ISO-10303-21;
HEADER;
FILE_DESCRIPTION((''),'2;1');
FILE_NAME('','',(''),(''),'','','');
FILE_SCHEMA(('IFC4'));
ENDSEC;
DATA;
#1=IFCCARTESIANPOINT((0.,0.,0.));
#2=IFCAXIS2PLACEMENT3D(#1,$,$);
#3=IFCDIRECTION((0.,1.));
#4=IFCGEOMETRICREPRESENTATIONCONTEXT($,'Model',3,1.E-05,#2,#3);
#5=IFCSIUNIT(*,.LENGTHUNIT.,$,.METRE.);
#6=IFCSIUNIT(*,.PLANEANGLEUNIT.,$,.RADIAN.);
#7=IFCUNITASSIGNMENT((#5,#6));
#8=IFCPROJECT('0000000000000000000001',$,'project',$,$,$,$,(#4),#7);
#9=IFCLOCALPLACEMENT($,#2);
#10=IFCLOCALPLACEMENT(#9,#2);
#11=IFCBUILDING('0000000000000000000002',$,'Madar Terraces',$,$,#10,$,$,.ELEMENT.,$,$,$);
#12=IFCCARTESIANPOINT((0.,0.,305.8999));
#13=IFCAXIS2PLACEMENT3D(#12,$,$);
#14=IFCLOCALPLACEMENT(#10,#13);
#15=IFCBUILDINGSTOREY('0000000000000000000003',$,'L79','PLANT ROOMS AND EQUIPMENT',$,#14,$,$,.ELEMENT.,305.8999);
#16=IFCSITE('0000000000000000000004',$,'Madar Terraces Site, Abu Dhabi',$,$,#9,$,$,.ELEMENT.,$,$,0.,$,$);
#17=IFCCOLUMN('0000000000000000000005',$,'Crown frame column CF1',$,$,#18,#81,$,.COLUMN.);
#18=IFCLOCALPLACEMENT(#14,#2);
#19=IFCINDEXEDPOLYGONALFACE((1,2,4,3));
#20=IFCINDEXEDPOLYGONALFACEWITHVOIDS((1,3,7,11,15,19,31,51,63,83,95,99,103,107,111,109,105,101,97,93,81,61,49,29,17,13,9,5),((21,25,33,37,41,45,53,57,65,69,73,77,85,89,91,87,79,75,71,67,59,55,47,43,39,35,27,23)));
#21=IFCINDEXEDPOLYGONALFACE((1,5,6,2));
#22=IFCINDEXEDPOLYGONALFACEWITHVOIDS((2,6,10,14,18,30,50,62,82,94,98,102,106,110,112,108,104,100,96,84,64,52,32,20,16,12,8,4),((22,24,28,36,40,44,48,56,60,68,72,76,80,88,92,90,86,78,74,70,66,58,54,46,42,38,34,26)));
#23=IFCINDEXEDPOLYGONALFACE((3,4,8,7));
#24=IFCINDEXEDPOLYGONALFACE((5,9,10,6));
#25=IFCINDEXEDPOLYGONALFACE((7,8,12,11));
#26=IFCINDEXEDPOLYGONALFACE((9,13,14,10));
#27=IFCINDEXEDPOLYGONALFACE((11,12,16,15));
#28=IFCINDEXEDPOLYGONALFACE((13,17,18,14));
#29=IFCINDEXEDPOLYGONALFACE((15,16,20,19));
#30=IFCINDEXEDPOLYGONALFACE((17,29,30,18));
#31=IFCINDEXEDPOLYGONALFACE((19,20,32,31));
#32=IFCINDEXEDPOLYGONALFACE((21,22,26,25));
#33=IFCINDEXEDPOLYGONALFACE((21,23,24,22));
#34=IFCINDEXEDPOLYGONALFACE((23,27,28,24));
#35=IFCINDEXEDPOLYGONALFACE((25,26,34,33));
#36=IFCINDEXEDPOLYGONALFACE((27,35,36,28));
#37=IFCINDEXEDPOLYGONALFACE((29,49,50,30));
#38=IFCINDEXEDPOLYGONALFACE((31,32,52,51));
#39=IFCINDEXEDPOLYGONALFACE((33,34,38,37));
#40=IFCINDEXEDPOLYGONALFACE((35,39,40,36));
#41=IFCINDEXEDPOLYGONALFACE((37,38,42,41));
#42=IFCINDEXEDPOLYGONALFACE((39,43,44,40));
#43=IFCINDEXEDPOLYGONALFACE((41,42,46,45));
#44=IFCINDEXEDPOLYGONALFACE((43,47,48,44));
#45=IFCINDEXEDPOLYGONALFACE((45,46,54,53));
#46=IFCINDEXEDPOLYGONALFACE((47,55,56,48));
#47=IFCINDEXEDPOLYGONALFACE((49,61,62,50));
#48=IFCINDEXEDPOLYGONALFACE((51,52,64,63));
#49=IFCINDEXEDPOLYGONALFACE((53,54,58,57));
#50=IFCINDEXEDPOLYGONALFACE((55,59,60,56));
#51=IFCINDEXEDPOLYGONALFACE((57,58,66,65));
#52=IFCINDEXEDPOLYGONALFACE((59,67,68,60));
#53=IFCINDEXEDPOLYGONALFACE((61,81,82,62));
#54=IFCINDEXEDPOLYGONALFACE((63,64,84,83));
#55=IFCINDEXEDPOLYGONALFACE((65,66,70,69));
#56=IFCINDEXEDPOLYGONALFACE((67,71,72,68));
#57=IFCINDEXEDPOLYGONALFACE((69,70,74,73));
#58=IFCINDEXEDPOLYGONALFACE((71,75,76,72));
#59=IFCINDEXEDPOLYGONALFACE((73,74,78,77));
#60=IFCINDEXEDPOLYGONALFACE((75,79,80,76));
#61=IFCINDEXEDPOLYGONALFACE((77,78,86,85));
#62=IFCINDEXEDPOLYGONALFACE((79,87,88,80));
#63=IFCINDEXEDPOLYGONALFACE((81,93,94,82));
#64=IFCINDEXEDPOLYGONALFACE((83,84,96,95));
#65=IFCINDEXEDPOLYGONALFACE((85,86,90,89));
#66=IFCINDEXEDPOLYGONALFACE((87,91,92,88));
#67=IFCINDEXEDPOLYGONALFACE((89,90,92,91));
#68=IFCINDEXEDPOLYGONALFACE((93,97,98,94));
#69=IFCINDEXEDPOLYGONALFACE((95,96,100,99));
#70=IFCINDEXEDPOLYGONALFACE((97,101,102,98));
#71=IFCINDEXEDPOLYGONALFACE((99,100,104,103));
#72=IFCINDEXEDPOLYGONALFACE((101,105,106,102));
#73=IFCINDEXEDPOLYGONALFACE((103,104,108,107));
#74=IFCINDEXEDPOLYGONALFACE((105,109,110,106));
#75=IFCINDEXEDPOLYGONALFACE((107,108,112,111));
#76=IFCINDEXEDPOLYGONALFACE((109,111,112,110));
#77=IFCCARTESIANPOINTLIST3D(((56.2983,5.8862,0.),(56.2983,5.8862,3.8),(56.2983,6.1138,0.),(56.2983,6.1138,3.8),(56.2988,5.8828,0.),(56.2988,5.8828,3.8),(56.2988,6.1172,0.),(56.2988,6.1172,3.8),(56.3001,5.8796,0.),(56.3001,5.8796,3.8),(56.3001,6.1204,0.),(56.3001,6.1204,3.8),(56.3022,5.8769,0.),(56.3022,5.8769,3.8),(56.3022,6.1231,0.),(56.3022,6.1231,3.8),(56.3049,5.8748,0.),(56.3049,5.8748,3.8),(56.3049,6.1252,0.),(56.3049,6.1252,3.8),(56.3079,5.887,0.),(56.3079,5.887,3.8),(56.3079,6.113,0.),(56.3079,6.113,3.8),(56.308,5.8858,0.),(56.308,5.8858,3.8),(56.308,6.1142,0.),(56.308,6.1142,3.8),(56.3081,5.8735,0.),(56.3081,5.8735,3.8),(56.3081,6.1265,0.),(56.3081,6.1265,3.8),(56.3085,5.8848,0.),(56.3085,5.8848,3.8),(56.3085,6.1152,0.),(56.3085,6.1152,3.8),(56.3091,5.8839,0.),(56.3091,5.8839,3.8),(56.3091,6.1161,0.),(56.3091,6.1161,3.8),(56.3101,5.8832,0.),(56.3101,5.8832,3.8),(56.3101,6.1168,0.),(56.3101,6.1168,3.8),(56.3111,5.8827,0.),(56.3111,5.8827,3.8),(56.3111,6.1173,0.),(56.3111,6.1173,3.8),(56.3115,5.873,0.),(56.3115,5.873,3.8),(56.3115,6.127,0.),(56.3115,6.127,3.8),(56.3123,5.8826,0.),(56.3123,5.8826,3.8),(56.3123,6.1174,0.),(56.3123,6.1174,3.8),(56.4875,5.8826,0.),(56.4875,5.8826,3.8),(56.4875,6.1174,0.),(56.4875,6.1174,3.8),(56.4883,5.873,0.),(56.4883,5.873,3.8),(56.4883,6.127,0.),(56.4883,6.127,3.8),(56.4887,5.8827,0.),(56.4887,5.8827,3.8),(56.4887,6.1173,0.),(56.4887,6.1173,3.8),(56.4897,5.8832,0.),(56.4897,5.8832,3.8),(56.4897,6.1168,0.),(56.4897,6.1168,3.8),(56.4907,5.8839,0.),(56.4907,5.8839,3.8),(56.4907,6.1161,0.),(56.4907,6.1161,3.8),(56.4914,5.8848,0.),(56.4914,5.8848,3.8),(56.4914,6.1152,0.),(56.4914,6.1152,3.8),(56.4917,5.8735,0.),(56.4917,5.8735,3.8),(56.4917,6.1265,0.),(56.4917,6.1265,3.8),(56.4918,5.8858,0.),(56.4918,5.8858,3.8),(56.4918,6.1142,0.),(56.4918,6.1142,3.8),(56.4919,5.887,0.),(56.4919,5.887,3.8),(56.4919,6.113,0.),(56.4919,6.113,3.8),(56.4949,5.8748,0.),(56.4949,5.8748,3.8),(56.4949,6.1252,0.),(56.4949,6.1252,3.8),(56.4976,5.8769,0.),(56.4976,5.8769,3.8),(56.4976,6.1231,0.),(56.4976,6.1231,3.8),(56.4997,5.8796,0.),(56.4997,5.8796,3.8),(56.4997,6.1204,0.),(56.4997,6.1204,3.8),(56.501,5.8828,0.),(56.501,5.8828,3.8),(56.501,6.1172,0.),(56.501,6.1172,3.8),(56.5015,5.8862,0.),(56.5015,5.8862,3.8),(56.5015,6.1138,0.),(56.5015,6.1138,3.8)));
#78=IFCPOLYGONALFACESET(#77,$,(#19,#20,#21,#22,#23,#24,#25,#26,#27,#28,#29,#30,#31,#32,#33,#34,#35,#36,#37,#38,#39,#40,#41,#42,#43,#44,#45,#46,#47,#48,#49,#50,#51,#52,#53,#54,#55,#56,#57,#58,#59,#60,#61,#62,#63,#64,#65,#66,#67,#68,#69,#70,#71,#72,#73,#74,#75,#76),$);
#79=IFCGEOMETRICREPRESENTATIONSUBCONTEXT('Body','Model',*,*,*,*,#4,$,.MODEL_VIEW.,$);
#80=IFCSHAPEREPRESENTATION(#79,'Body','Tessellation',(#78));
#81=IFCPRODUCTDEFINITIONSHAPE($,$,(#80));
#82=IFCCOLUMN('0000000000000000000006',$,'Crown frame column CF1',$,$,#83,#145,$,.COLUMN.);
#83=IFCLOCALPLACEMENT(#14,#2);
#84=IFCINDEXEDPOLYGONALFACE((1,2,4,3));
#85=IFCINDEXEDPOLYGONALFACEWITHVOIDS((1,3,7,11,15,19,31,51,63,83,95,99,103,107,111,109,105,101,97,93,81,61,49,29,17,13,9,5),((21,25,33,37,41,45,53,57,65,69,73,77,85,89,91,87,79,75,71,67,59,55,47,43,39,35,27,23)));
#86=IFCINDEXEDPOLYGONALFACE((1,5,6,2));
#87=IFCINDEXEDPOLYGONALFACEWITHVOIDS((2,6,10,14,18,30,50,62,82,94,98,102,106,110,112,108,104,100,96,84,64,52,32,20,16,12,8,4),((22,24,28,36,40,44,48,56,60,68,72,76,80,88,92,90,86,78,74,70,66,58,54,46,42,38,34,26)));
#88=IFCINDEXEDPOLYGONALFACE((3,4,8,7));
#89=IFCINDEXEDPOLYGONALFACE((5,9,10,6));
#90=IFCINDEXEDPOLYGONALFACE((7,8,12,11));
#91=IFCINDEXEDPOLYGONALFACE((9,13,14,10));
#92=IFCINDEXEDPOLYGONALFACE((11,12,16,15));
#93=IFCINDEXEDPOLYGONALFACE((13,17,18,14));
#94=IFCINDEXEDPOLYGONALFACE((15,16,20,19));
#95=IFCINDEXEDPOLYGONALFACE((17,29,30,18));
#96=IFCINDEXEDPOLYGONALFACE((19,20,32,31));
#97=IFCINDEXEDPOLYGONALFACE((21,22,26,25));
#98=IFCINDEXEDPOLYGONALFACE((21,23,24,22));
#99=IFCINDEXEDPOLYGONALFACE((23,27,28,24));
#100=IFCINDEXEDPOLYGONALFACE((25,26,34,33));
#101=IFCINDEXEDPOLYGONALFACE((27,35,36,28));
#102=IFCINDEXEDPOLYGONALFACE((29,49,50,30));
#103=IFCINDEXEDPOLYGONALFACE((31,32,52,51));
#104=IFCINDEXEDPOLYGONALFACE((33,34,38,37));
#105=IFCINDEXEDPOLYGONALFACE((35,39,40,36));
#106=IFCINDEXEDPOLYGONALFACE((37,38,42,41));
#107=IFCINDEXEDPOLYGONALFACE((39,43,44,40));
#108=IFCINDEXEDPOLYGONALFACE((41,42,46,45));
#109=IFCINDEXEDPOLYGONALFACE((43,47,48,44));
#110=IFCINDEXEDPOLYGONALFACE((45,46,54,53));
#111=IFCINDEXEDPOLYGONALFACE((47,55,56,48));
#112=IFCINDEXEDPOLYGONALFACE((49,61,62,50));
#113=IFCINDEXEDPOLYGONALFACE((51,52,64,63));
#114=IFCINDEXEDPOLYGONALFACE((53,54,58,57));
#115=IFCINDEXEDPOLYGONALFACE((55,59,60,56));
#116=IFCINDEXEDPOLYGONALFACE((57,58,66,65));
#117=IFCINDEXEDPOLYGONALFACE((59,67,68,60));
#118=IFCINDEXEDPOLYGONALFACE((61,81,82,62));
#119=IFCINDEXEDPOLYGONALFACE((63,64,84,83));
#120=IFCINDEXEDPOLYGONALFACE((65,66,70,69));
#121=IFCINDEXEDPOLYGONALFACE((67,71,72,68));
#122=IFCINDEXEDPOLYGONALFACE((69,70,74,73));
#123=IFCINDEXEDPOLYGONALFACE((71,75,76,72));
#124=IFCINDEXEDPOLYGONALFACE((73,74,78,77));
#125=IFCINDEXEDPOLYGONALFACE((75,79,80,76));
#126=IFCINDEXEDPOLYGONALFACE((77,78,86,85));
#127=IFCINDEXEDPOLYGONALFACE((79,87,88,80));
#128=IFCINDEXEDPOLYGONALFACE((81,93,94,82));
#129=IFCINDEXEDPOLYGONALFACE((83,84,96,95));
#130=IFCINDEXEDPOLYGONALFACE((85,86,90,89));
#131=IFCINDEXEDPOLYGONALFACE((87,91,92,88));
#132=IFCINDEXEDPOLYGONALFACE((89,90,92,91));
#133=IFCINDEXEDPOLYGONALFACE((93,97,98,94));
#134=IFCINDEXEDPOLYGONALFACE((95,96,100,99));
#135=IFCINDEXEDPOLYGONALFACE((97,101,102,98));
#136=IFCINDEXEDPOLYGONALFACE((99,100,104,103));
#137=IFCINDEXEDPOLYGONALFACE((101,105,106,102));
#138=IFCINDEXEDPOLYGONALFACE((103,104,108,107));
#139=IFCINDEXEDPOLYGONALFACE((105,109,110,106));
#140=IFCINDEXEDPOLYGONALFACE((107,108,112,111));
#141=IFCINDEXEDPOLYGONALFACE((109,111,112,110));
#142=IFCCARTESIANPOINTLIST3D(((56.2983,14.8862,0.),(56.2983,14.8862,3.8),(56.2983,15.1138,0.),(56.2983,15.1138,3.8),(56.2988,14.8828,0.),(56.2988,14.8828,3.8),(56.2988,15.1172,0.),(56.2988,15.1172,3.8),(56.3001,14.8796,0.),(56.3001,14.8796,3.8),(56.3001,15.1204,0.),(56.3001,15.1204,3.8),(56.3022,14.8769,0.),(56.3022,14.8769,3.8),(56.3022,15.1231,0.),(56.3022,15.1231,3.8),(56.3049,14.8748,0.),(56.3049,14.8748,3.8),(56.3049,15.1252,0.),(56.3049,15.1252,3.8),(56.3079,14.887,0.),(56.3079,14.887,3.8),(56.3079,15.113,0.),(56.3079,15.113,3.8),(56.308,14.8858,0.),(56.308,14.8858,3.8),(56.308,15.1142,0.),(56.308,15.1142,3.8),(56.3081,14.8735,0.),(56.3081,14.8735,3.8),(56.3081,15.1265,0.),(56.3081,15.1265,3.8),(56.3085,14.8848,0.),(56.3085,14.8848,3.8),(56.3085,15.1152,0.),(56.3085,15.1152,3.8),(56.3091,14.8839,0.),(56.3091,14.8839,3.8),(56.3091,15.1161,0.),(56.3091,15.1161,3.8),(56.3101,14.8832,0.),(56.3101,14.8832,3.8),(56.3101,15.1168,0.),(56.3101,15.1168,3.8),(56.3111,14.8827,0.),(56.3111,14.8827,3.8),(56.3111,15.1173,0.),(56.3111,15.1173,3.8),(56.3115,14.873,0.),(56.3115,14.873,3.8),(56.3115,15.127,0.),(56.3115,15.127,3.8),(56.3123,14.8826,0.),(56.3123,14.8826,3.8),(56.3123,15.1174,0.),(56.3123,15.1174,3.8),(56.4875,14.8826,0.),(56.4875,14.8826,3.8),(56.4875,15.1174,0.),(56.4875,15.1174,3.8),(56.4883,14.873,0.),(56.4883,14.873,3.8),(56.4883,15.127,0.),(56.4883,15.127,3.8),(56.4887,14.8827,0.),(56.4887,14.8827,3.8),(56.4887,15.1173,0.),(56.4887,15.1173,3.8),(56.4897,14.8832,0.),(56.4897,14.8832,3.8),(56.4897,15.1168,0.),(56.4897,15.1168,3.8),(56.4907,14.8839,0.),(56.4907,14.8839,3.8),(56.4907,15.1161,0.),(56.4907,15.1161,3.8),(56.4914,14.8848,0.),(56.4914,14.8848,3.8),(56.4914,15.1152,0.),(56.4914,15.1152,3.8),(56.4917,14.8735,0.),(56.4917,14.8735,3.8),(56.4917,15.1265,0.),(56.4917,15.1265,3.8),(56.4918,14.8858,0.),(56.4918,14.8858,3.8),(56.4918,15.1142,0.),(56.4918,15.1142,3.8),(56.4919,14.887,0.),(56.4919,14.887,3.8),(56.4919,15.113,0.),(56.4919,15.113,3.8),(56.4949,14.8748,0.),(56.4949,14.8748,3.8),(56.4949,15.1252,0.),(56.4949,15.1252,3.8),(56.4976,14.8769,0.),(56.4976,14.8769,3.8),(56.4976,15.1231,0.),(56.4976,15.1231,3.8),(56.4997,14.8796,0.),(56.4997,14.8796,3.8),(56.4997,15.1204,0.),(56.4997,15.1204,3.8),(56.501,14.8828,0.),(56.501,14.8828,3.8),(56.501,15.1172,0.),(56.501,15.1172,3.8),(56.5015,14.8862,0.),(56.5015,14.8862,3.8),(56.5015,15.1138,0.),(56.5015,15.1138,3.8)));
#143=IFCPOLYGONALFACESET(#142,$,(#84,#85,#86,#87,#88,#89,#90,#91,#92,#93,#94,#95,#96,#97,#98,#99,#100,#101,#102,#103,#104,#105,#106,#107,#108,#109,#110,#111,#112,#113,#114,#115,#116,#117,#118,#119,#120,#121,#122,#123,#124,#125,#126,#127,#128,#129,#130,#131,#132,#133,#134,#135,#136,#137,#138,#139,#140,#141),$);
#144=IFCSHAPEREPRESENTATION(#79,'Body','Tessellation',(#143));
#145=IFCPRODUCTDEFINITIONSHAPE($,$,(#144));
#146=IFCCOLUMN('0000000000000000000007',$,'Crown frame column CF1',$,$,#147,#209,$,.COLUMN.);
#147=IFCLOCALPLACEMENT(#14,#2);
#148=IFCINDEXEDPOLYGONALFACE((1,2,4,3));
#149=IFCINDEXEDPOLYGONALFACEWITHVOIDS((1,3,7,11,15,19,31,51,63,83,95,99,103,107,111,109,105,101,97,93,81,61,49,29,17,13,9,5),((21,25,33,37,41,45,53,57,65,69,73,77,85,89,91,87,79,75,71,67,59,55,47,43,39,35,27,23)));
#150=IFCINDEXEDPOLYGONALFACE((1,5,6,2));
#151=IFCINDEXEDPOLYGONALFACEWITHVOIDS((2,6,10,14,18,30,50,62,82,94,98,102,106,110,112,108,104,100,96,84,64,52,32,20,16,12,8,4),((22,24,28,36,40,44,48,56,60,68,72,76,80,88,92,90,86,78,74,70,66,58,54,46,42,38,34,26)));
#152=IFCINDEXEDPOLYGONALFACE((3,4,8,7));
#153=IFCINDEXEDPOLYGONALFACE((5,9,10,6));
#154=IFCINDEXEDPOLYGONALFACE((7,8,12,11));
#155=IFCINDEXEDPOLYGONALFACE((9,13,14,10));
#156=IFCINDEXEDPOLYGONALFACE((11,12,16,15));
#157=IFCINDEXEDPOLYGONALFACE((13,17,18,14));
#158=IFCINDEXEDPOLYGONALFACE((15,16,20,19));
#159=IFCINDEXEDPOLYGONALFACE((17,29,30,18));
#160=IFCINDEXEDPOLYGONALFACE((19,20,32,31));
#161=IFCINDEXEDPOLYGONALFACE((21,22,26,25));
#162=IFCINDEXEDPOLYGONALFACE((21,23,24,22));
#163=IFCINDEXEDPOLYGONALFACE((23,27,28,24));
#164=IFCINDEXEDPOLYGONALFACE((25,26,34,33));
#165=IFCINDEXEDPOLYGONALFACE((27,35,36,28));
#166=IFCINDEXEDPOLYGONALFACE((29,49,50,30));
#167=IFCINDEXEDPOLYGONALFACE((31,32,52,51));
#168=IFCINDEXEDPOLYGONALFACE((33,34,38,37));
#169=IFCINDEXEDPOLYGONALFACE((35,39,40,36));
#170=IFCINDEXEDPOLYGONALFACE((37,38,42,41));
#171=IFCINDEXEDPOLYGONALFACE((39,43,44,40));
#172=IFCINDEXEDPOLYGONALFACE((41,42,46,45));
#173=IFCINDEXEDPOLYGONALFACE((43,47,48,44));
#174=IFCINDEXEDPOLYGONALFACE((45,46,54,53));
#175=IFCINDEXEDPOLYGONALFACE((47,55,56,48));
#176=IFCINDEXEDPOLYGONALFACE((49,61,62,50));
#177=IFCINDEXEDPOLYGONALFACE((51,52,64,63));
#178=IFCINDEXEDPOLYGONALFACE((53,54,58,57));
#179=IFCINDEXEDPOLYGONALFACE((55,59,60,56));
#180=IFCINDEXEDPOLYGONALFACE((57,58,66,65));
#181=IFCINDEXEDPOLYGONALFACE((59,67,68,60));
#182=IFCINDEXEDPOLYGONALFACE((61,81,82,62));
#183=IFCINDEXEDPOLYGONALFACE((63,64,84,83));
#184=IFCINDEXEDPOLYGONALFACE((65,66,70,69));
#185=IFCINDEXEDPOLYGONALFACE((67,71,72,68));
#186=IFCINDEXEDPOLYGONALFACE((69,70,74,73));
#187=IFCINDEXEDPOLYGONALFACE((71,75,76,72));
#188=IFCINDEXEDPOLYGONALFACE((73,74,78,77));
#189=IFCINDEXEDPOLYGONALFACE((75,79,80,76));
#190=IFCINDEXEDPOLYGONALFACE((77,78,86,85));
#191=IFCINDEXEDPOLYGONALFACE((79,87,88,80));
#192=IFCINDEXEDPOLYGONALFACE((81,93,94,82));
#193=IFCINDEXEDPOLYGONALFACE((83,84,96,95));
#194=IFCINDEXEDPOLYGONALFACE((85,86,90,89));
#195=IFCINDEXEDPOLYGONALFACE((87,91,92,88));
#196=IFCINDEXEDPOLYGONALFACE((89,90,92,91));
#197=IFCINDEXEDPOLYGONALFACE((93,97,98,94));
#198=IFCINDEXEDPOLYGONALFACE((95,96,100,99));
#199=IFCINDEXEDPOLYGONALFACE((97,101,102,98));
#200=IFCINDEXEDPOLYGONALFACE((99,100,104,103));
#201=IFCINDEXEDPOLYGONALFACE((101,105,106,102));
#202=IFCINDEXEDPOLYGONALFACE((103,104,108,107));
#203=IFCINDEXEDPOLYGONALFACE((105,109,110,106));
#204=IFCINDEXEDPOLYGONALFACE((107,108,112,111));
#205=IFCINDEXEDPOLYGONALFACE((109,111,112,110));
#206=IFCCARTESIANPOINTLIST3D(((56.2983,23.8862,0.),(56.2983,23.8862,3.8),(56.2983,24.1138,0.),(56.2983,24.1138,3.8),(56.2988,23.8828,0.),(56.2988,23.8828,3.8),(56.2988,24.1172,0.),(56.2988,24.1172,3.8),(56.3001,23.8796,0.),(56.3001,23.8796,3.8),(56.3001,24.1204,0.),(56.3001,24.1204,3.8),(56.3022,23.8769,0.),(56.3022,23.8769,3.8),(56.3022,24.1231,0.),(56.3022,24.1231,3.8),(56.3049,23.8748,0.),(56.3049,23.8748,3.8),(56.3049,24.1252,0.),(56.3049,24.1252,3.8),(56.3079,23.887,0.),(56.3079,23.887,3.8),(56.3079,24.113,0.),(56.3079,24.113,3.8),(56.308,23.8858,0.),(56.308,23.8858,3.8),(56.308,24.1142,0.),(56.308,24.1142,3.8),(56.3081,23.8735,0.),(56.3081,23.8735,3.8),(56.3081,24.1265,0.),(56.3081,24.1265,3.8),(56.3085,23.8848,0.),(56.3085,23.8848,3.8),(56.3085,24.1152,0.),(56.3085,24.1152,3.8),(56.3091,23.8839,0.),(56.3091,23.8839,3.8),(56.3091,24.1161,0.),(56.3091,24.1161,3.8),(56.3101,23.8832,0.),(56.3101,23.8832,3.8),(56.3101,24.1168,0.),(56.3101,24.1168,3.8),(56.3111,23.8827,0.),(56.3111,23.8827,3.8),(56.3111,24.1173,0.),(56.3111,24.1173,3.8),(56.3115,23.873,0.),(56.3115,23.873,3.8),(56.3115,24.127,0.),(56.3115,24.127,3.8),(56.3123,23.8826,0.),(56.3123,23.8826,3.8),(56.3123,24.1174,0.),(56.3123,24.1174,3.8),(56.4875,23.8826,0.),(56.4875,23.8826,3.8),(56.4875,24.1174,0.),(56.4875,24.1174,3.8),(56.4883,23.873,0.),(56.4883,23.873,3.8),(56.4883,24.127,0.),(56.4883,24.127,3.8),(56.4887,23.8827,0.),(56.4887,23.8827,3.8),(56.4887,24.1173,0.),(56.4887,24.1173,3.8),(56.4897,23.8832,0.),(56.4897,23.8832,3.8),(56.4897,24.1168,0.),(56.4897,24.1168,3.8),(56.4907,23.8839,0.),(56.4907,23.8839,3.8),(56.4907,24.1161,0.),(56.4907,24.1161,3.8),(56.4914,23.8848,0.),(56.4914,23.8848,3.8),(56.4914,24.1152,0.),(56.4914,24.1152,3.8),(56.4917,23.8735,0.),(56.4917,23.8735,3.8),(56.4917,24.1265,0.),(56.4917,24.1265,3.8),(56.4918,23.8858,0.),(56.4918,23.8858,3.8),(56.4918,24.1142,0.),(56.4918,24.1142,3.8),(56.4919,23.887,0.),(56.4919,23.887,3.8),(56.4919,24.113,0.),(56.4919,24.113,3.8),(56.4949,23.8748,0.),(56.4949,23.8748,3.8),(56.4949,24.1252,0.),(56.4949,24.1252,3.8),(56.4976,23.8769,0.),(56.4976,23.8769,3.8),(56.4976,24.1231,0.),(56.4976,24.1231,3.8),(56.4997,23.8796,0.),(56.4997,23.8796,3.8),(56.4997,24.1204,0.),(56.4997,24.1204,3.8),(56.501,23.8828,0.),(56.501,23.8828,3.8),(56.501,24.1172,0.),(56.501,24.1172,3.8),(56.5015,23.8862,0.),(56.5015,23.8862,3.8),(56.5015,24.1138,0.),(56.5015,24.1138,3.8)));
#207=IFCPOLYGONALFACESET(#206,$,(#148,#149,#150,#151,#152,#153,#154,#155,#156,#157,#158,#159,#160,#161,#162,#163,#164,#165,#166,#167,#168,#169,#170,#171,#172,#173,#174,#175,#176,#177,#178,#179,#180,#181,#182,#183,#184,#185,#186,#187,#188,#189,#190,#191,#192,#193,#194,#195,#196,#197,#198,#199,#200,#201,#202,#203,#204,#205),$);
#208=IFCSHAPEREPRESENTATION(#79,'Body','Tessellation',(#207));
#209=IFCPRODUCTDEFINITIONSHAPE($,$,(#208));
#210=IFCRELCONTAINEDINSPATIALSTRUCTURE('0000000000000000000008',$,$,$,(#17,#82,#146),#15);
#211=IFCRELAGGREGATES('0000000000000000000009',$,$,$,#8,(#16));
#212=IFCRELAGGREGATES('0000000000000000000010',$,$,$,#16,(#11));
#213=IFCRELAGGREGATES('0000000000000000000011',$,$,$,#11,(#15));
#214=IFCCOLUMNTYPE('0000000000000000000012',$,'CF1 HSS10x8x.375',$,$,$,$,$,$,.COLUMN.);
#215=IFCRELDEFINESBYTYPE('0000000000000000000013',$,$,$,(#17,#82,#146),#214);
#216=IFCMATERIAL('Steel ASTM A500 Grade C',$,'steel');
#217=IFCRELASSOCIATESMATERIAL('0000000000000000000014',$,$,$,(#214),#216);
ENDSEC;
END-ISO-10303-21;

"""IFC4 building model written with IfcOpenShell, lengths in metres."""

from ifc_helpers import new_model, si_unit, direction, frame, origin, origin_2d, place, context, subcontext, project, spatial, hollow_rectangle, extrude, material, material_profile, profile_set, type_object, element, save


model = new_model("IFC4")

# Units and contexts
model_context = context("Model", 3, precision=1e-05, world=origin(), true_north=direction((0.0, 1.0)))
body_context = subcontext(model_context, "Body", "Model", "MODEL_VIEW")
ifc_project = project(units=[si_unit("LENGTHUNIT", "METRE"), si_unit("PLANEANGLEUNIT", "RADIAN")], contexts=[model_context])

# Site, building, storey
site_placement = place(None, origin())
site = spatial("IfcSite", under=ifc_project, at=site_placement, Name="Madar Terraces Site, Abu Dhabi", CompositionType="ELEMENT", RefElevation=0.0)
building_placement = place(site_placement, origin())
building = spatial("IfcBuilding", under=site, at=building_placement, Name="Madar Terraces", CompositionType="ELEMENT")
storey_placement = place(building_placement, frame((0.0, 0.0, 305.8999)))
storey = spatial("IfcBuildingStorey", under=building, at=storey_placement, Name="L79", Description="PLANT ROOMS AND EQUIPMENT", CompositionType="ELEMENT", Elevation=305.8999)

# Columns
ifc_material_1 = material(Name="Steel ASTM A500 Grade C", Category="steel")
ifc_material_profile_1 = material_profile(ifc_material_1, hollow_rectangle(XDim=0.2031, YDim=0.2539, WallThickness=0.0095, InnerFilletRadius=0.0044, OuterFilletRadius=0.0132, at=origin_2d()), Name="HSS10x8x.375")
ifc_profile_set_1 = profile_set([ifc_material_profile_1], Name="Steel ASTM A500 Grade C")
column_type = type_object("IfcColumnType", Name="CF1 HSS10x8x.375", PredefinedType="COLUMN", material=ifc_profile_set_1)
for number, where, z_axis, x_axis, name in (
    (1, (56.3999, 6.0, 0.0), (0.0, 0.0, 1.0), (1.0, 0.0, 0.0), "Crown frame column CF1"),
    (2, (56.3999, 15.0, 0.0), (0.0, 0.0, 1.0), (1.0, 0.0, 0.0), "Crown frame column CF1"),
    (3, (56.3999, 24.0, 0.0), (0.0, 0.0, 1.0), (1.0, 0.0, 0.0), "Crown frame column CF1"),
):
    element("IfcColumn", number, at=place(storey_placement, frame(where, z_axis=z_axis, x_axis=x_axis)), inside=storey, type_object=column_type, Name=name, PredefinedType="COLUMN", context=body_context, shape_type="SweptSolid", body=[
        extrude(hollow_rectangle(XDim=0.2031, YDim=0.2539, WallThickness=0.0095, InnerFilletRadius=0.0044, OuterFilletRadius=0.0132, at=origin_2d()), origin(), (0.0, 0.0, 1.0), 3.8),
    ])

save(model, "model.ifc")
